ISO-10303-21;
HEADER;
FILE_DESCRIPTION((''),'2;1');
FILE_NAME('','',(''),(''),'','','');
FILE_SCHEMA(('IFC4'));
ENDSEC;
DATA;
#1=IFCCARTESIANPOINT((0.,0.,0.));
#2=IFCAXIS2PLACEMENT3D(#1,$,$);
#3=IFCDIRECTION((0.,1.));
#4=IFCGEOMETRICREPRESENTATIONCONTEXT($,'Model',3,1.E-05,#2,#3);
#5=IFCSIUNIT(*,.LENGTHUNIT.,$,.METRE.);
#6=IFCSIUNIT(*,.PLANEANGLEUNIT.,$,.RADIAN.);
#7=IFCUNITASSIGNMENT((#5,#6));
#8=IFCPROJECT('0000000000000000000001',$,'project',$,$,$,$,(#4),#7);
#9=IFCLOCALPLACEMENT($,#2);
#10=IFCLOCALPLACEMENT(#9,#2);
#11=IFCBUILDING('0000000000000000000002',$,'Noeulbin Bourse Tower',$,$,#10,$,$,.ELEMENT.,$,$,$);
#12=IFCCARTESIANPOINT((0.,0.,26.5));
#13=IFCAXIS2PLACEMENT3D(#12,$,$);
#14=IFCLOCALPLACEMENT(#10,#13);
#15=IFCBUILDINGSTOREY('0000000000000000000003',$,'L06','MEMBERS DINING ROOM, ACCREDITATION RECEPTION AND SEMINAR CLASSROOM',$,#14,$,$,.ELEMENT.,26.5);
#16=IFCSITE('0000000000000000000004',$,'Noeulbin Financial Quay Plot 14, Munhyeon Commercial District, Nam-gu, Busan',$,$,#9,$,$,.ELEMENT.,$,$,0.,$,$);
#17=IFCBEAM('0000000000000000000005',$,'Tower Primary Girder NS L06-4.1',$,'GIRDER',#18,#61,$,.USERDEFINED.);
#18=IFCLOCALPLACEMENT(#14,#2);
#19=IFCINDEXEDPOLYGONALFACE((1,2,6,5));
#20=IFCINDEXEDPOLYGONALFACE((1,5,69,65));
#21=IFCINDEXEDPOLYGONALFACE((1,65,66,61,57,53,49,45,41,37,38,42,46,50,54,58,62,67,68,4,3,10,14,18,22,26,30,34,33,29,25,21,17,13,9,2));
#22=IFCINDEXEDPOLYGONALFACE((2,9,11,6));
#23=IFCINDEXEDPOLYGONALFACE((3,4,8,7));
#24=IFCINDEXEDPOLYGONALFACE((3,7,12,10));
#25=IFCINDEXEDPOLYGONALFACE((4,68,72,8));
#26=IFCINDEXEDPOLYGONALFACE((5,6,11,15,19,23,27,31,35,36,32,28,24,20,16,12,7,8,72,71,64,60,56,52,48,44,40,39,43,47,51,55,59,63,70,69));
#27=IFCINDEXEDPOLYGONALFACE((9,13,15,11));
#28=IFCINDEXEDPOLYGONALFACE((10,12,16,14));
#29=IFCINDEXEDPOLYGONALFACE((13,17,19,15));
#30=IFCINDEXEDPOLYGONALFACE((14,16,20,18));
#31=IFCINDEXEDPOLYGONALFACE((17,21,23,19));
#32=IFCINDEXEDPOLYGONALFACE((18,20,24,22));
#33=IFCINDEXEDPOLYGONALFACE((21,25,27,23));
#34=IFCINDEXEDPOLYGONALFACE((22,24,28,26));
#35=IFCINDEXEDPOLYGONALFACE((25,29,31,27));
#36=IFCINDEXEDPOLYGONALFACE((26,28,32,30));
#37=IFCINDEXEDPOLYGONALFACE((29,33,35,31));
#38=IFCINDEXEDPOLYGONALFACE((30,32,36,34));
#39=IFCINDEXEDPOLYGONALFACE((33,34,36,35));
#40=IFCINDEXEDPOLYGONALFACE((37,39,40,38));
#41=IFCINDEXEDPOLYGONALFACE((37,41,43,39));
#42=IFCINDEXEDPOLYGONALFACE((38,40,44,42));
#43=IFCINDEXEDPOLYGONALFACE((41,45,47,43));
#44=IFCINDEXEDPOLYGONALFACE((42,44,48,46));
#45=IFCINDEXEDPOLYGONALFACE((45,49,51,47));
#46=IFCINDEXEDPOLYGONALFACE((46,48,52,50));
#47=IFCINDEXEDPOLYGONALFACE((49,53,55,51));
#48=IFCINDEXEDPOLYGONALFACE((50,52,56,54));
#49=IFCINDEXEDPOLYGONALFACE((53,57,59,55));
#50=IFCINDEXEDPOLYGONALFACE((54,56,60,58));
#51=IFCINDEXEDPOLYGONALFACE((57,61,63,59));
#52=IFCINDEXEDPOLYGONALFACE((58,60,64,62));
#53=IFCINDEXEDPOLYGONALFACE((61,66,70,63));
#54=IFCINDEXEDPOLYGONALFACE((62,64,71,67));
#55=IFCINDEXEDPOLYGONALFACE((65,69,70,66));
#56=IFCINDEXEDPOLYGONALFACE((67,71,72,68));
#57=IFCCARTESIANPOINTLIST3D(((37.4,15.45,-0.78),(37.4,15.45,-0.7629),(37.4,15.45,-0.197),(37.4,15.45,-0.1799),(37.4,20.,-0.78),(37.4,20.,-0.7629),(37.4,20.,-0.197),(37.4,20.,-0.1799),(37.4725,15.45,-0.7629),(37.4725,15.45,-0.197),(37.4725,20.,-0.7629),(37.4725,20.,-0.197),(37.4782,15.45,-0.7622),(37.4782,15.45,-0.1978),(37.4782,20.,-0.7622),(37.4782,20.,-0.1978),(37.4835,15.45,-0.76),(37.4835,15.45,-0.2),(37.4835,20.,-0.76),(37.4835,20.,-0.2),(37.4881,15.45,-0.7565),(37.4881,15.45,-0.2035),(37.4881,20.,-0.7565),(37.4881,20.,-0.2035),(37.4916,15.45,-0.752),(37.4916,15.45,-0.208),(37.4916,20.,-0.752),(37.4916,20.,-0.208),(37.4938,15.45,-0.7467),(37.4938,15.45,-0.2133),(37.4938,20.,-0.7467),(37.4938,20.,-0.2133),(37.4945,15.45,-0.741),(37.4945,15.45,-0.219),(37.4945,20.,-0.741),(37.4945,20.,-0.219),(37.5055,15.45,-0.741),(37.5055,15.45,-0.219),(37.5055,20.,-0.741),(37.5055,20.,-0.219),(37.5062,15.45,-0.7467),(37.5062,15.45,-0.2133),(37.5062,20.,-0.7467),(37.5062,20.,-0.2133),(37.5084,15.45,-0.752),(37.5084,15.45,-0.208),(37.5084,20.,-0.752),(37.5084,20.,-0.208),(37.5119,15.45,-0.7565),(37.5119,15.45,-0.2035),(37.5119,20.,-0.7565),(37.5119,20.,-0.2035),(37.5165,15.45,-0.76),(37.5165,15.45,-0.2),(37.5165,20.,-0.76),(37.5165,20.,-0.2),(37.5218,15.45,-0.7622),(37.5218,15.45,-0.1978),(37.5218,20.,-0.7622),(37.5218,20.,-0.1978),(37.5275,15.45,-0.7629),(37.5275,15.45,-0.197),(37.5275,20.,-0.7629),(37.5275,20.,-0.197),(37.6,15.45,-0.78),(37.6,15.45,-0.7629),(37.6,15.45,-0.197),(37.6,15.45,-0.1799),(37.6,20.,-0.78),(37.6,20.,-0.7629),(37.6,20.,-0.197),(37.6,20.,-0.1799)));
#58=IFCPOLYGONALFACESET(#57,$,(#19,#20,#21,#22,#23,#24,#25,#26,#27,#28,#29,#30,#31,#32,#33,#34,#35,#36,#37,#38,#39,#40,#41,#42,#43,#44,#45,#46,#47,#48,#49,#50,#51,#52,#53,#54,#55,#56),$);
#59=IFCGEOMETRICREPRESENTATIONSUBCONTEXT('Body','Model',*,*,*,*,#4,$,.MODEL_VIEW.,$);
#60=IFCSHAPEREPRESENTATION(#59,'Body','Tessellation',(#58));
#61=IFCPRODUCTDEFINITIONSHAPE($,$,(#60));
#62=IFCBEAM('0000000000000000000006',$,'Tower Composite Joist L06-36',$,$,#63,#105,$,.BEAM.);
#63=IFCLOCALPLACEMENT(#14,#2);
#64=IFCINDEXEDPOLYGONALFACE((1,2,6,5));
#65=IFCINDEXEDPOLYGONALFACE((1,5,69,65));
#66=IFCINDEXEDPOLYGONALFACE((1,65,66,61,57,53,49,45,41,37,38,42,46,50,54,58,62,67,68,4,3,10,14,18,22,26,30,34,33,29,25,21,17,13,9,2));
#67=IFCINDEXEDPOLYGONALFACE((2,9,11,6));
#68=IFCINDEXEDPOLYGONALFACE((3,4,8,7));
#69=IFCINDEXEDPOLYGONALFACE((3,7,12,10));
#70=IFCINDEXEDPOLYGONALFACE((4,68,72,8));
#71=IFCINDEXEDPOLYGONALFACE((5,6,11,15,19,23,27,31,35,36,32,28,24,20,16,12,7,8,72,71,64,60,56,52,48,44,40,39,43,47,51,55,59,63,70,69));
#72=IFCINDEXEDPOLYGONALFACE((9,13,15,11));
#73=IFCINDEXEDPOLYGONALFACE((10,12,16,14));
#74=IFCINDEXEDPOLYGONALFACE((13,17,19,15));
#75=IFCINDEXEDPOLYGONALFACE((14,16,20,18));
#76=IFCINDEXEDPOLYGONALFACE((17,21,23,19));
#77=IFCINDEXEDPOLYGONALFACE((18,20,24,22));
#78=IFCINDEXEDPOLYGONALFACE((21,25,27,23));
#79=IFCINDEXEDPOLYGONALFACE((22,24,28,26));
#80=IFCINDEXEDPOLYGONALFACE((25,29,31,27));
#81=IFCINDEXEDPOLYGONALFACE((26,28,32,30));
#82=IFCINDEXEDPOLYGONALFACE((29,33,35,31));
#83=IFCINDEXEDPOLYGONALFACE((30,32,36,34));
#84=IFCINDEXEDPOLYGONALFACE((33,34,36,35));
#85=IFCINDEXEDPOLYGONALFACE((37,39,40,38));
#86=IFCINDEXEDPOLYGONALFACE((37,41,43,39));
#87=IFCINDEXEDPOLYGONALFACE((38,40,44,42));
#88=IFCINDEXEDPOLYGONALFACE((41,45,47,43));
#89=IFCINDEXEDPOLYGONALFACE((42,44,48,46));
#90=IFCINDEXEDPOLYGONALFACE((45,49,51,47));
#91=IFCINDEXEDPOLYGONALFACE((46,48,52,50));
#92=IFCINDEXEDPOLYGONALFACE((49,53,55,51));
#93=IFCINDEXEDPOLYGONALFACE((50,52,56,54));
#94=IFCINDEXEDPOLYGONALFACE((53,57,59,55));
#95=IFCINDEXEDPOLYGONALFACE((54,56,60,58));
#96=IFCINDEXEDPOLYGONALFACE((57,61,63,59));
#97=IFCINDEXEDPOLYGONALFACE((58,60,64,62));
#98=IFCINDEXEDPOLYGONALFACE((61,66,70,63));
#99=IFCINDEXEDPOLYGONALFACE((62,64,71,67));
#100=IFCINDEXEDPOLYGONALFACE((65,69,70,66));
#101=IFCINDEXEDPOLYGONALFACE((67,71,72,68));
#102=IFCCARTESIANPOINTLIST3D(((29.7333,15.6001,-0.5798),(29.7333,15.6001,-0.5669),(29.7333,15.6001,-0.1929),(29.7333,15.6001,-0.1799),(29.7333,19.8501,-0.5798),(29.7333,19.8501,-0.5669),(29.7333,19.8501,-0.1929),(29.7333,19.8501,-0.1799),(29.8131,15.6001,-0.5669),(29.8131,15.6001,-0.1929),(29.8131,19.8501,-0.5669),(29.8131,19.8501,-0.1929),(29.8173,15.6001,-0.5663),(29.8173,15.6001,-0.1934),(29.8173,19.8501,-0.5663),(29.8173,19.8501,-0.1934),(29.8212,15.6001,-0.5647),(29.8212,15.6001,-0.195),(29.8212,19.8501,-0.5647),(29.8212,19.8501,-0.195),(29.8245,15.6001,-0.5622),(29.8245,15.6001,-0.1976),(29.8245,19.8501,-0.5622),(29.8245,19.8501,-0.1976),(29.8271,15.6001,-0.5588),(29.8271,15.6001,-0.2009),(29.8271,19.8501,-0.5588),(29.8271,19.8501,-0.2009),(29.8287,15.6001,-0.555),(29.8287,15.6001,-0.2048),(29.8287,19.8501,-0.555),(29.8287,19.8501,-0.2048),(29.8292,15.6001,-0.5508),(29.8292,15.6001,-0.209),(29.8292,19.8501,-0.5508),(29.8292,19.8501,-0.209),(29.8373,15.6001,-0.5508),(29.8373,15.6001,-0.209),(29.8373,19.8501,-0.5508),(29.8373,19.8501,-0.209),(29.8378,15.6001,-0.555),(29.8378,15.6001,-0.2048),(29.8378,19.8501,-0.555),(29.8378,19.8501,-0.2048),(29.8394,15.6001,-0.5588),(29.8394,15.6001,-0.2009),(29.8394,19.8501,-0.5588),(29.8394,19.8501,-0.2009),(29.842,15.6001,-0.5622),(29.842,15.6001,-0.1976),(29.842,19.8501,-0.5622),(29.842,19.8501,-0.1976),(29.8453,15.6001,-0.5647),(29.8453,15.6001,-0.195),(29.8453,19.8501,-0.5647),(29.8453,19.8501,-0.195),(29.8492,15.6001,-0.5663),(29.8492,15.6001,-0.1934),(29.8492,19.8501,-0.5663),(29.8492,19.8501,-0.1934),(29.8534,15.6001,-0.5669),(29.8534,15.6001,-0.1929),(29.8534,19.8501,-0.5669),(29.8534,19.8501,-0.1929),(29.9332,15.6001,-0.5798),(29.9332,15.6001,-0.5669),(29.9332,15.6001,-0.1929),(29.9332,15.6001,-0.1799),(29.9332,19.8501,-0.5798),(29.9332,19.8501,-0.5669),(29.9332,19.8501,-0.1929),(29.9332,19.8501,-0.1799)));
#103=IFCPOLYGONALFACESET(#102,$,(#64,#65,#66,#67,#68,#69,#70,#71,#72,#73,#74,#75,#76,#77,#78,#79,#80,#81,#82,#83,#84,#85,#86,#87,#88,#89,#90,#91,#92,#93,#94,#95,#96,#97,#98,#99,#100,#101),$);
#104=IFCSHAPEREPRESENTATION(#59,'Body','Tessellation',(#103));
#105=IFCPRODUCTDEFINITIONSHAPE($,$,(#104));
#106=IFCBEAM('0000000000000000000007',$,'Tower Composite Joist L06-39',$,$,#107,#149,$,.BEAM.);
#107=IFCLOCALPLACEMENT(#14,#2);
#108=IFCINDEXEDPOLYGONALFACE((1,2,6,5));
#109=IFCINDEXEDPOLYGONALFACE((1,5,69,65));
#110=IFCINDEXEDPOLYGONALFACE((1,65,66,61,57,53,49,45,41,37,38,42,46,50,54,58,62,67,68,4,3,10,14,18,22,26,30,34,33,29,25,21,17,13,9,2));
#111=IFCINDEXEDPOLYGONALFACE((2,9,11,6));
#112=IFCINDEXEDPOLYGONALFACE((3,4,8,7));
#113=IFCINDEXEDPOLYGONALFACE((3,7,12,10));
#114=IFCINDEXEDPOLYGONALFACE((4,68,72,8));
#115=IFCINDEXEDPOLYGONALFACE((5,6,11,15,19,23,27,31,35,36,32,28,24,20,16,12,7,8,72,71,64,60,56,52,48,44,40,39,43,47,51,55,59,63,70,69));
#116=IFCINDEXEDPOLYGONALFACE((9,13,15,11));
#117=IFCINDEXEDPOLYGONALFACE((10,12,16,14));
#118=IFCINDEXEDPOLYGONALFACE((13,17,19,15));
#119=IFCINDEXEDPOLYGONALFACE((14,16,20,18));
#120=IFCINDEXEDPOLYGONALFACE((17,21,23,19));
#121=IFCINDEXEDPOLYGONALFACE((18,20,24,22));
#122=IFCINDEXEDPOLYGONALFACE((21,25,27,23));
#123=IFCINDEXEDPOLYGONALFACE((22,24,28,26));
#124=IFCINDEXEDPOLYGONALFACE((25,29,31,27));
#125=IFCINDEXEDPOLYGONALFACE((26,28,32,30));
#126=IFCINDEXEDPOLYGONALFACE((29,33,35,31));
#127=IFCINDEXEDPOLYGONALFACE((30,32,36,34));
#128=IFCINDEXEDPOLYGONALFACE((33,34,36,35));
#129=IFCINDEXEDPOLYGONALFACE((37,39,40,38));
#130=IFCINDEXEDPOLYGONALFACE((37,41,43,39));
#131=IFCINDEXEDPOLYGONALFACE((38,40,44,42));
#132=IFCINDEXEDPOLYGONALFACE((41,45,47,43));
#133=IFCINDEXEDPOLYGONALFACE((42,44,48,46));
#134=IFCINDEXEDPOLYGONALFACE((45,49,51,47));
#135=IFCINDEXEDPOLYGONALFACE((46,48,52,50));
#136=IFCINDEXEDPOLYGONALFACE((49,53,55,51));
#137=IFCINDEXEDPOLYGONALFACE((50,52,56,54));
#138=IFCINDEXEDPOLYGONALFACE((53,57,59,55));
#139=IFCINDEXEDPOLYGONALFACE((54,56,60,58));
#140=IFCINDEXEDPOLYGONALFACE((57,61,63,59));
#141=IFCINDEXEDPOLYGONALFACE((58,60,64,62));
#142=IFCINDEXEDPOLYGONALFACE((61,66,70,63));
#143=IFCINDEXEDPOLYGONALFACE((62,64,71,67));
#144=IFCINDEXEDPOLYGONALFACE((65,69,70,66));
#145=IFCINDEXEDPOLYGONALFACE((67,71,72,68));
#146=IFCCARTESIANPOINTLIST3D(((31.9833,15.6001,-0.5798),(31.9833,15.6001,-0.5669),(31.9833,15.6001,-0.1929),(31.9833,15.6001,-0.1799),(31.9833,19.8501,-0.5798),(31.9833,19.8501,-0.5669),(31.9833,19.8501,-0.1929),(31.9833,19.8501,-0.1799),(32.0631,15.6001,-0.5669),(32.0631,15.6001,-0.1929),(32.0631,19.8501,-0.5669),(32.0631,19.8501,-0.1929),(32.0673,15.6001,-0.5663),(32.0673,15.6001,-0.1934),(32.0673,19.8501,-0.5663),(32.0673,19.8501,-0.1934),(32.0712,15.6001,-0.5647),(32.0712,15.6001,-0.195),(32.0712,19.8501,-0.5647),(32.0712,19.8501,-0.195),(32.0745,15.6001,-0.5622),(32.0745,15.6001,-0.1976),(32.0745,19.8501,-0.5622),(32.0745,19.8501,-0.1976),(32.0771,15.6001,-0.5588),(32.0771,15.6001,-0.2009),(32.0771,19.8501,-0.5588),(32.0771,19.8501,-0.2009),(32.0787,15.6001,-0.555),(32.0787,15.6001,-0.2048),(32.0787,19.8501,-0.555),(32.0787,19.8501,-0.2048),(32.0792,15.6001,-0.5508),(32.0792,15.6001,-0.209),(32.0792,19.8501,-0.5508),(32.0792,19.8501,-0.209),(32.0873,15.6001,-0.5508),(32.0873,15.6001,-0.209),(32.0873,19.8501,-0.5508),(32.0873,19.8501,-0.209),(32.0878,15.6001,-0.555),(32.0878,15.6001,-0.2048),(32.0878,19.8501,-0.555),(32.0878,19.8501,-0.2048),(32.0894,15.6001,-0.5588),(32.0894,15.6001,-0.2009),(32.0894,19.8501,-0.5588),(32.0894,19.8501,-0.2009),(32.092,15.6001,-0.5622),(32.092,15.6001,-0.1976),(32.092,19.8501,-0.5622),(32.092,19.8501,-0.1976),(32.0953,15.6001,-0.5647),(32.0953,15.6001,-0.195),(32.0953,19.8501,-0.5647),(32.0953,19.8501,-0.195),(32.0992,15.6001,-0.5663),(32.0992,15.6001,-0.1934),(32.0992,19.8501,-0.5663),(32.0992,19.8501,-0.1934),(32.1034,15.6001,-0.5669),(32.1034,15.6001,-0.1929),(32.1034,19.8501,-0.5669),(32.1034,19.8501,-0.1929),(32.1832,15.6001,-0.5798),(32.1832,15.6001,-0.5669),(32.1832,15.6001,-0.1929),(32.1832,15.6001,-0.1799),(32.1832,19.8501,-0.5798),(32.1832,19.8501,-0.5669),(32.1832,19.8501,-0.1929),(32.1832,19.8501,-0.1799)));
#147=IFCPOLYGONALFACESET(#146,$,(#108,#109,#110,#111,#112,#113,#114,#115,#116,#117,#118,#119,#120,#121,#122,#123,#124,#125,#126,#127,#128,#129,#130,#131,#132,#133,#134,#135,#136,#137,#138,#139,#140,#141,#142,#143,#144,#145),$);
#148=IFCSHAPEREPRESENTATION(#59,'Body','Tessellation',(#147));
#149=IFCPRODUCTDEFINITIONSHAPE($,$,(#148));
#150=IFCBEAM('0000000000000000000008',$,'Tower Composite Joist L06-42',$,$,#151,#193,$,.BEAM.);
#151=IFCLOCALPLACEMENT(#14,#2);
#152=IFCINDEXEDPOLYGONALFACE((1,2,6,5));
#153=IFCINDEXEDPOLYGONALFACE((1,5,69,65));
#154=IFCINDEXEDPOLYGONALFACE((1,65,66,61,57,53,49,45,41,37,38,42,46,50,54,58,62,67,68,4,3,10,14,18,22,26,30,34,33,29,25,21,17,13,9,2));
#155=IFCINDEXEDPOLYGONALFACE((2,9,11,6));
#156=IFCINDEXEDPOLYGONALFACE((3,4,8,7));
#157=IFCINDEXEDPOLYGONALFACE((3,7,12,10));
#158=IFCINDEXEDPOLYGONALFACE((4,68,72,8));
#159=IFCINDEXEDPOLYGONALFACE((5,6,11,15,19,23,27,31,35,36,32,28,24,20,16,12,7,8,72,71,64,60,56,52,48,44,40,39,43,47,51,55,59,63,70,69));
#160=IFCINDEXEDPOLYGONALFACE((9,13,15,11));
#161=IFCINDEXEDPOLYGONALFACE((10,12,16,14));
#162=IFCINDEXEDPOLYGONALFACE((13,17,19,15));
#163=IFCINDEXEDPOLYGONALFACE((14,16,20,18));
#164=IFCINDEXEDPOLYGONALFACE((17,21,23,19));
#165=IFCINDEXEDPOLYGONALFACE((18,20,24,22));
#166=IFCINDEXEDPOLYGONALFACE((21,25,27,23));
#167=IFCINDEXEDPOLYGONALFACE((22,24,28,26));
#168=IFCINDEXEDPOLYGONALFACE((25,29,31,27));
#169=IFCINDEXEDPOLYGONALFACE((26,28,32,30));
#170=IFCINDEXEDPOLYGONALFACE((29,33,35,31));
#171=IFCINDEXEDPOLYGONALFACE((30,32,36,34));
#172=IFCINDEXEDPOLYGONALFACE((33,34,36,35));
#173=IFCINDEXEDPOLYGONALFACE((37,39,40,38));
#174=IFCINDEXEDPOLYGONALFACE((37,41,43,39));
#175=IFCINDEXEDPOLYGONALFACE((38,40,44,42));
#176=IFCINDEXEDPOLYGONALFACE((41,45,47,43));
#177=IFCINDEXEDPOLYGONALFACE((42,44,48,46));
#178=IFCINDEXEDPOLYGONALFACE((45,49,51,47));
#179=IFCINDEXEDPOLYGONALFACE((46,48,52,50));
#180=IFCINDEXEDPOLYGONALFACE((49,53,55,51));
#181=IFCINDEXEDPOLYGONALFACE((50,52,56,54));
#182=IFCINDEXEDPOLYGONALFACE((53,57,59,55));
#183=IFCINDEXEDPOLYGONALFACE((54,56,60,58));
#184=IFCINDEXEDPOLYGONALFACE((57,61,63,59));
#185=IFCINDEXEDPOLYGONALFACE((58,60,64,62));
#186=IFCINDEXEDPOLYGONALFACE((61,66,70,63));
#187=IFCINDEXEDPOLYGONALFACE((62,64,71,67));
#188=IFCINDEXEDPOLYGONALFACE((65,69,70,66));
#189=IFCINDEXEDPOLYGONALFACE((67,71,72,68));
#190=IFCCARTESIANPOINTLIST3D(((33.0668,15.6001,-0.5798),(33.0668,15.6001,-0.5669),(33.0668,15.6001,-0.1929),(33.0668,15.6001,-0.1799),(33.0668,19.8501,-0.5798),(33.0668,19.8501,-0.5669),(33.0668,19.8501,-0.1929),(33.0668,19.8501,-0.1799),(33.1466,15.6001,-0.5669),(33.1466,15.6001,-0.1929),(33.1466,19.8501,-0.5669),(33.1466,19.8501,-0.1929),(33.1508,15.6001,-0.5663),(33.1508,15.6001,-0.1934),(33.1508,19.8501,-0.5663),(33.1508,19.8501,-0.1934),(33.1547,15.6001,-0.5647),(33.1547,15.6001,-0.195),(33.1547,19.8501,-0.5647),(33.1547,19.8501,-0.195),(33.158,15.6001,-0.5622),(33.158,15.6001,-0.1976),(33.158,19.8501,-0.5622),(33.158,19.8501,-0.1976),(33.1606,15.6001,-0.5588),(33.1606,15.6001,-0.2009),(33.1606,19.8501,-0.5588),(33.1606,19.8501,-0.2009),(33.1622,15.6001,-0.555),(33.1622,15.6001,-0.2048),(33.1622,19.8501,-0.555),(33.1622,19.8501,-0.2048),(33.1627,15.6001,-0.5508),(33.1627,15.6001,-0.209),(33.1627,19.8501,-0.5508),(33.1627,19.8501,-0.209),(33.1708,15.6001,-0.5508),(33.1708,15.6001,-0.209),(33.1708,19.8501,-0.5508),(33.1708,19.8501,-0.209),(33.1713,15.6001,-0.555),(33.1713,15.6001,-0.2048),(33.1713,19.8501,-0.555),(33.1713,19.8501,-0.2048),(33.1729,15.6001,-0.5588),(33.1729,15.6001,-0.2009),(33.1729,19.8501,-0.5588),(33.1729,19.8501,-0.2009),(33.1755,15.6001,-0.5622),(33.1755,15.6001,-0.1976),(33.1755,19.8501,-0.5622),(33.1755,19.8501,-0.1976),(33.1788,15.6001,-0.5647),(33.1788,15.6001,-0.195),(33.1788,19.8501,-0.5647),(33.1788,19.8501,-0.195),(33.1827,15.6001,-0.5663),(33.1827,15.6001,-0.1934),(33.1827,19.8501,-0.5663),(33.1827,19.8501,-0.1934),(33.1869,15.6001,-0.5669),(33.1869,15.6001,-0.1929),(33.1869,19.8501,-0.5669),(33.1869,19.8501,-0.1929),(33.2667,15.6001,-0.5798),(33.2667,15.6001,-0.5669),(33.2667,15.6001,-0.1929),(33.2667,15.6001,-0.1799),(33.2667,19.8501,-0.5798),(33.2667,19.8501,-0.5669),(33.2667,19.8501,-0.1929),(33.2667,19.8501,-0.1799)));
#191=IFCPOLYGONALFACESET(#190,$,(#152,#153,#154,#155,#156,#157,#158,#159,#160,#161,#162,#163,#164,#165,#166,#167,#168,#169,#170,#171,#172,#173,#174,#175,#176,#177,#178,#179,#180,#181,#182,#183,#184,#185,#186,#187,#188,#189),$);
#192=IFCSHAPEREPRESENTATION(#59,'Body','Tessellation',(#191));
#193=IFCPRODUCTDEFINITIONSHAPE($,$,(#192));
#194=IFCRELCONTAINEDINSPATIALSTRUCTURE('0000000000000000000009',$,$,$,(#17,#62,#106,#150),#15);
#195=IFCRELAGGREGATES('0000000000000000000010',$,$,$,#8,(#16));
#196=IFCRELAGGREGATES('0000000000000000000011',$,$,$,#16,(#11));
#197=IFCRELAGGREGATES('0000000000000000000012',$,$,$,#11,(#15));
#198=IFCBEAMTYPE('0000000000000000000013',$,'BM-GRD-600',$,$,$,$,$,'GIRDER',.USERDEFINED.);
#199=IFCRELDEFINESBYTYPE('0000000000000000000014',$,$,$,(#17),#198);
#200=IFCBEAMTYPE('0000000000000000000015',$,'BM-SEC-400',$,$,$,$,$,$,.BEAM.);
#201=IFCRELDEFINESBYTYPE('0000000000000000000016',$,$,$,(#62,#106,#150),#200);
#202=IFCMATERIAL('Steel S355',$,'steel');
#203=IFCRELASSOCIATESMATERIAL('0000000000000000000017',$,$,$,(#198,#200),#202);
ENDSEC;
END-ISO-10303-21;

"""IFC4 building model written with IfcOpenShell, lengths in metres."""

from ifc_helpers import new_model, si_unit, direction, frame, origin, origin_2d, place, context, subcontext, project, spatial, i_section, extrude, material, material_profile, profile_set, type_object, element, save


model = new_model("IFC4")

# Units and contexts
model_context = context("Model", 3, precision=1e-05, world=origin(), true_north=direction((0.0, 1.0)))
body_context = subcontext(model_context, "Body", "Model", "MODEL_VIEW")
ifc_project = project(units=[si_unit("LENGTHUNIT", "METRE"), si_unit("PLANEANGLEUNIT", "RADIAN")], contexts=[model_context])

# Site, building, storey
site_placement = place(None, origin())
site = spatial("IfcSite", under=ifc_project, at=site_placement, Name="Noeulbin Financial Quay Plot 14, Munhyeon Commercial District, Nam-gu, Busan", CompositionType="ELEMENT", RefElevation=0.0)
building_placement = place(site_placement, origin())
building = spatial("IfcBuilding", under=site, at=building_placement, Name="Noeulbin Bourse Tower", CompositionType="ELEMENT")
storey_placement = place(building_placement, frame((0.0, 0.0, 26.5)))
storey = spatial("IfcBuildingStorey", under=building, at=storey_placement, Name="L06", Description="MEMBERS DINING ROOM, ACCREDITATION RECEPTION AND SEMINAR CLASSROOM", CompositionType="ELEMENT", Elevation=26.5)

# Beams
ifc_material_1 = material(Name="Steel S355", Category="steel")
ifc_material_profile_1 = material_profile(ifc_material_1, i_section(OverallWidth=0.2, OverallDepth=0.6001, WebThickness=0.011, FlangeThickness=0.0171, FilletRadius=0.022, at=origin_2d()), Name="H-600x200x11x17", Category="LoadBearing")
ifc_profile_set_1 = profile_set([ifc_material_profile_1], Name="Steel S355")
beam_type_1 = type_object("IfcBeamType", Name="BM-GRD-600", ElementType="GIRDER", PredefinedType="USERDEFINED", material=ifc_profile_set_1)
for number, where, z_axis, x_axis, name in (
    (1, (37.5, 15.45, -0.48), (0.0, 1.0, 0.0), (-1.0, 0.0, 0.0), "Tower Primary Girder NS L06-4.1"),
):
    element("IfcBeam", number, at=place(storey_placement, frame(where, z_axis=z_axis, x_axis=x_axis)), inside=storey, type_object=beam_type_1, Name=name, ObjectType="GIRDER", PredefinedType="USERDEFINED", context=body_context, shape_type="SweptSolid", body=[
        extrude(i_section(OverallWidth=0.2, OverallDepth=0.6001, WebThickness=0.011, FlangeThickness=0.0171, FilletRadius=0.022, at=origin_2d()), origin(), (0.0, 0.0, 1.0), 4.55),
    ])
ifc_material_profile_2 = material_profile(ifc_material_1, i_section(OverallWidth=0.2, OverallDepth=0.3999, WebThickness=0.0081, FlangeThickness=0.0129, FilletRadius=0.0161, at=origin_2d()), Name="H-400x200x8x13", Category="LoadBearing")
ifc_profile_set_2 = profile_set([ifc_material_profile_2], Name="Steel S355")
beam_type_2 = type_object("IfcBeamType", Name="BM-SEC-400", PredefinedType="BEAM", material=ifc_profile_set_2)
for number, where, z_axis, x_axis, name in (
    (2, (29.8333, 15.6001, -0.3799), (0.0, 1.0, 0.0), (-1.0, 0.0, 0.0), "Tower Composite Joist L06-36"),
    (3, (32.0833, 15.6001, -0.3799), (0.0, 1.0, 0.0), (-1.0, 0.0, 0.0), "Tower Composite Joist L06-39"),
    (4, (33.1667, 15.6001, -0.3799), (0.0, 1.0, 0.0), (-1.0, 0.0, 0.0), "Tower Composite Joist L06-42"),
):
    element("IfcBeam", number, at=place(storey_placement, frame(where, z_axis=z_axis, x_axis=x_axis)), inside=storey, type_object=beam_type_2, Name=name, PredefinedType="BEAM", context=body_context, shape_type="SweptSolid", body=[
        extrude(i_section(OverallWidth=0.2, OverallDepth=0.3999, WebThickness=0.0081, FlangeThickness=0.0129, FilletRadius=0.0161, at=origin_2d()), origin(), (0.0, 0.0, 1.0), 4.25),
    ])

save(model, "model.ifc")
